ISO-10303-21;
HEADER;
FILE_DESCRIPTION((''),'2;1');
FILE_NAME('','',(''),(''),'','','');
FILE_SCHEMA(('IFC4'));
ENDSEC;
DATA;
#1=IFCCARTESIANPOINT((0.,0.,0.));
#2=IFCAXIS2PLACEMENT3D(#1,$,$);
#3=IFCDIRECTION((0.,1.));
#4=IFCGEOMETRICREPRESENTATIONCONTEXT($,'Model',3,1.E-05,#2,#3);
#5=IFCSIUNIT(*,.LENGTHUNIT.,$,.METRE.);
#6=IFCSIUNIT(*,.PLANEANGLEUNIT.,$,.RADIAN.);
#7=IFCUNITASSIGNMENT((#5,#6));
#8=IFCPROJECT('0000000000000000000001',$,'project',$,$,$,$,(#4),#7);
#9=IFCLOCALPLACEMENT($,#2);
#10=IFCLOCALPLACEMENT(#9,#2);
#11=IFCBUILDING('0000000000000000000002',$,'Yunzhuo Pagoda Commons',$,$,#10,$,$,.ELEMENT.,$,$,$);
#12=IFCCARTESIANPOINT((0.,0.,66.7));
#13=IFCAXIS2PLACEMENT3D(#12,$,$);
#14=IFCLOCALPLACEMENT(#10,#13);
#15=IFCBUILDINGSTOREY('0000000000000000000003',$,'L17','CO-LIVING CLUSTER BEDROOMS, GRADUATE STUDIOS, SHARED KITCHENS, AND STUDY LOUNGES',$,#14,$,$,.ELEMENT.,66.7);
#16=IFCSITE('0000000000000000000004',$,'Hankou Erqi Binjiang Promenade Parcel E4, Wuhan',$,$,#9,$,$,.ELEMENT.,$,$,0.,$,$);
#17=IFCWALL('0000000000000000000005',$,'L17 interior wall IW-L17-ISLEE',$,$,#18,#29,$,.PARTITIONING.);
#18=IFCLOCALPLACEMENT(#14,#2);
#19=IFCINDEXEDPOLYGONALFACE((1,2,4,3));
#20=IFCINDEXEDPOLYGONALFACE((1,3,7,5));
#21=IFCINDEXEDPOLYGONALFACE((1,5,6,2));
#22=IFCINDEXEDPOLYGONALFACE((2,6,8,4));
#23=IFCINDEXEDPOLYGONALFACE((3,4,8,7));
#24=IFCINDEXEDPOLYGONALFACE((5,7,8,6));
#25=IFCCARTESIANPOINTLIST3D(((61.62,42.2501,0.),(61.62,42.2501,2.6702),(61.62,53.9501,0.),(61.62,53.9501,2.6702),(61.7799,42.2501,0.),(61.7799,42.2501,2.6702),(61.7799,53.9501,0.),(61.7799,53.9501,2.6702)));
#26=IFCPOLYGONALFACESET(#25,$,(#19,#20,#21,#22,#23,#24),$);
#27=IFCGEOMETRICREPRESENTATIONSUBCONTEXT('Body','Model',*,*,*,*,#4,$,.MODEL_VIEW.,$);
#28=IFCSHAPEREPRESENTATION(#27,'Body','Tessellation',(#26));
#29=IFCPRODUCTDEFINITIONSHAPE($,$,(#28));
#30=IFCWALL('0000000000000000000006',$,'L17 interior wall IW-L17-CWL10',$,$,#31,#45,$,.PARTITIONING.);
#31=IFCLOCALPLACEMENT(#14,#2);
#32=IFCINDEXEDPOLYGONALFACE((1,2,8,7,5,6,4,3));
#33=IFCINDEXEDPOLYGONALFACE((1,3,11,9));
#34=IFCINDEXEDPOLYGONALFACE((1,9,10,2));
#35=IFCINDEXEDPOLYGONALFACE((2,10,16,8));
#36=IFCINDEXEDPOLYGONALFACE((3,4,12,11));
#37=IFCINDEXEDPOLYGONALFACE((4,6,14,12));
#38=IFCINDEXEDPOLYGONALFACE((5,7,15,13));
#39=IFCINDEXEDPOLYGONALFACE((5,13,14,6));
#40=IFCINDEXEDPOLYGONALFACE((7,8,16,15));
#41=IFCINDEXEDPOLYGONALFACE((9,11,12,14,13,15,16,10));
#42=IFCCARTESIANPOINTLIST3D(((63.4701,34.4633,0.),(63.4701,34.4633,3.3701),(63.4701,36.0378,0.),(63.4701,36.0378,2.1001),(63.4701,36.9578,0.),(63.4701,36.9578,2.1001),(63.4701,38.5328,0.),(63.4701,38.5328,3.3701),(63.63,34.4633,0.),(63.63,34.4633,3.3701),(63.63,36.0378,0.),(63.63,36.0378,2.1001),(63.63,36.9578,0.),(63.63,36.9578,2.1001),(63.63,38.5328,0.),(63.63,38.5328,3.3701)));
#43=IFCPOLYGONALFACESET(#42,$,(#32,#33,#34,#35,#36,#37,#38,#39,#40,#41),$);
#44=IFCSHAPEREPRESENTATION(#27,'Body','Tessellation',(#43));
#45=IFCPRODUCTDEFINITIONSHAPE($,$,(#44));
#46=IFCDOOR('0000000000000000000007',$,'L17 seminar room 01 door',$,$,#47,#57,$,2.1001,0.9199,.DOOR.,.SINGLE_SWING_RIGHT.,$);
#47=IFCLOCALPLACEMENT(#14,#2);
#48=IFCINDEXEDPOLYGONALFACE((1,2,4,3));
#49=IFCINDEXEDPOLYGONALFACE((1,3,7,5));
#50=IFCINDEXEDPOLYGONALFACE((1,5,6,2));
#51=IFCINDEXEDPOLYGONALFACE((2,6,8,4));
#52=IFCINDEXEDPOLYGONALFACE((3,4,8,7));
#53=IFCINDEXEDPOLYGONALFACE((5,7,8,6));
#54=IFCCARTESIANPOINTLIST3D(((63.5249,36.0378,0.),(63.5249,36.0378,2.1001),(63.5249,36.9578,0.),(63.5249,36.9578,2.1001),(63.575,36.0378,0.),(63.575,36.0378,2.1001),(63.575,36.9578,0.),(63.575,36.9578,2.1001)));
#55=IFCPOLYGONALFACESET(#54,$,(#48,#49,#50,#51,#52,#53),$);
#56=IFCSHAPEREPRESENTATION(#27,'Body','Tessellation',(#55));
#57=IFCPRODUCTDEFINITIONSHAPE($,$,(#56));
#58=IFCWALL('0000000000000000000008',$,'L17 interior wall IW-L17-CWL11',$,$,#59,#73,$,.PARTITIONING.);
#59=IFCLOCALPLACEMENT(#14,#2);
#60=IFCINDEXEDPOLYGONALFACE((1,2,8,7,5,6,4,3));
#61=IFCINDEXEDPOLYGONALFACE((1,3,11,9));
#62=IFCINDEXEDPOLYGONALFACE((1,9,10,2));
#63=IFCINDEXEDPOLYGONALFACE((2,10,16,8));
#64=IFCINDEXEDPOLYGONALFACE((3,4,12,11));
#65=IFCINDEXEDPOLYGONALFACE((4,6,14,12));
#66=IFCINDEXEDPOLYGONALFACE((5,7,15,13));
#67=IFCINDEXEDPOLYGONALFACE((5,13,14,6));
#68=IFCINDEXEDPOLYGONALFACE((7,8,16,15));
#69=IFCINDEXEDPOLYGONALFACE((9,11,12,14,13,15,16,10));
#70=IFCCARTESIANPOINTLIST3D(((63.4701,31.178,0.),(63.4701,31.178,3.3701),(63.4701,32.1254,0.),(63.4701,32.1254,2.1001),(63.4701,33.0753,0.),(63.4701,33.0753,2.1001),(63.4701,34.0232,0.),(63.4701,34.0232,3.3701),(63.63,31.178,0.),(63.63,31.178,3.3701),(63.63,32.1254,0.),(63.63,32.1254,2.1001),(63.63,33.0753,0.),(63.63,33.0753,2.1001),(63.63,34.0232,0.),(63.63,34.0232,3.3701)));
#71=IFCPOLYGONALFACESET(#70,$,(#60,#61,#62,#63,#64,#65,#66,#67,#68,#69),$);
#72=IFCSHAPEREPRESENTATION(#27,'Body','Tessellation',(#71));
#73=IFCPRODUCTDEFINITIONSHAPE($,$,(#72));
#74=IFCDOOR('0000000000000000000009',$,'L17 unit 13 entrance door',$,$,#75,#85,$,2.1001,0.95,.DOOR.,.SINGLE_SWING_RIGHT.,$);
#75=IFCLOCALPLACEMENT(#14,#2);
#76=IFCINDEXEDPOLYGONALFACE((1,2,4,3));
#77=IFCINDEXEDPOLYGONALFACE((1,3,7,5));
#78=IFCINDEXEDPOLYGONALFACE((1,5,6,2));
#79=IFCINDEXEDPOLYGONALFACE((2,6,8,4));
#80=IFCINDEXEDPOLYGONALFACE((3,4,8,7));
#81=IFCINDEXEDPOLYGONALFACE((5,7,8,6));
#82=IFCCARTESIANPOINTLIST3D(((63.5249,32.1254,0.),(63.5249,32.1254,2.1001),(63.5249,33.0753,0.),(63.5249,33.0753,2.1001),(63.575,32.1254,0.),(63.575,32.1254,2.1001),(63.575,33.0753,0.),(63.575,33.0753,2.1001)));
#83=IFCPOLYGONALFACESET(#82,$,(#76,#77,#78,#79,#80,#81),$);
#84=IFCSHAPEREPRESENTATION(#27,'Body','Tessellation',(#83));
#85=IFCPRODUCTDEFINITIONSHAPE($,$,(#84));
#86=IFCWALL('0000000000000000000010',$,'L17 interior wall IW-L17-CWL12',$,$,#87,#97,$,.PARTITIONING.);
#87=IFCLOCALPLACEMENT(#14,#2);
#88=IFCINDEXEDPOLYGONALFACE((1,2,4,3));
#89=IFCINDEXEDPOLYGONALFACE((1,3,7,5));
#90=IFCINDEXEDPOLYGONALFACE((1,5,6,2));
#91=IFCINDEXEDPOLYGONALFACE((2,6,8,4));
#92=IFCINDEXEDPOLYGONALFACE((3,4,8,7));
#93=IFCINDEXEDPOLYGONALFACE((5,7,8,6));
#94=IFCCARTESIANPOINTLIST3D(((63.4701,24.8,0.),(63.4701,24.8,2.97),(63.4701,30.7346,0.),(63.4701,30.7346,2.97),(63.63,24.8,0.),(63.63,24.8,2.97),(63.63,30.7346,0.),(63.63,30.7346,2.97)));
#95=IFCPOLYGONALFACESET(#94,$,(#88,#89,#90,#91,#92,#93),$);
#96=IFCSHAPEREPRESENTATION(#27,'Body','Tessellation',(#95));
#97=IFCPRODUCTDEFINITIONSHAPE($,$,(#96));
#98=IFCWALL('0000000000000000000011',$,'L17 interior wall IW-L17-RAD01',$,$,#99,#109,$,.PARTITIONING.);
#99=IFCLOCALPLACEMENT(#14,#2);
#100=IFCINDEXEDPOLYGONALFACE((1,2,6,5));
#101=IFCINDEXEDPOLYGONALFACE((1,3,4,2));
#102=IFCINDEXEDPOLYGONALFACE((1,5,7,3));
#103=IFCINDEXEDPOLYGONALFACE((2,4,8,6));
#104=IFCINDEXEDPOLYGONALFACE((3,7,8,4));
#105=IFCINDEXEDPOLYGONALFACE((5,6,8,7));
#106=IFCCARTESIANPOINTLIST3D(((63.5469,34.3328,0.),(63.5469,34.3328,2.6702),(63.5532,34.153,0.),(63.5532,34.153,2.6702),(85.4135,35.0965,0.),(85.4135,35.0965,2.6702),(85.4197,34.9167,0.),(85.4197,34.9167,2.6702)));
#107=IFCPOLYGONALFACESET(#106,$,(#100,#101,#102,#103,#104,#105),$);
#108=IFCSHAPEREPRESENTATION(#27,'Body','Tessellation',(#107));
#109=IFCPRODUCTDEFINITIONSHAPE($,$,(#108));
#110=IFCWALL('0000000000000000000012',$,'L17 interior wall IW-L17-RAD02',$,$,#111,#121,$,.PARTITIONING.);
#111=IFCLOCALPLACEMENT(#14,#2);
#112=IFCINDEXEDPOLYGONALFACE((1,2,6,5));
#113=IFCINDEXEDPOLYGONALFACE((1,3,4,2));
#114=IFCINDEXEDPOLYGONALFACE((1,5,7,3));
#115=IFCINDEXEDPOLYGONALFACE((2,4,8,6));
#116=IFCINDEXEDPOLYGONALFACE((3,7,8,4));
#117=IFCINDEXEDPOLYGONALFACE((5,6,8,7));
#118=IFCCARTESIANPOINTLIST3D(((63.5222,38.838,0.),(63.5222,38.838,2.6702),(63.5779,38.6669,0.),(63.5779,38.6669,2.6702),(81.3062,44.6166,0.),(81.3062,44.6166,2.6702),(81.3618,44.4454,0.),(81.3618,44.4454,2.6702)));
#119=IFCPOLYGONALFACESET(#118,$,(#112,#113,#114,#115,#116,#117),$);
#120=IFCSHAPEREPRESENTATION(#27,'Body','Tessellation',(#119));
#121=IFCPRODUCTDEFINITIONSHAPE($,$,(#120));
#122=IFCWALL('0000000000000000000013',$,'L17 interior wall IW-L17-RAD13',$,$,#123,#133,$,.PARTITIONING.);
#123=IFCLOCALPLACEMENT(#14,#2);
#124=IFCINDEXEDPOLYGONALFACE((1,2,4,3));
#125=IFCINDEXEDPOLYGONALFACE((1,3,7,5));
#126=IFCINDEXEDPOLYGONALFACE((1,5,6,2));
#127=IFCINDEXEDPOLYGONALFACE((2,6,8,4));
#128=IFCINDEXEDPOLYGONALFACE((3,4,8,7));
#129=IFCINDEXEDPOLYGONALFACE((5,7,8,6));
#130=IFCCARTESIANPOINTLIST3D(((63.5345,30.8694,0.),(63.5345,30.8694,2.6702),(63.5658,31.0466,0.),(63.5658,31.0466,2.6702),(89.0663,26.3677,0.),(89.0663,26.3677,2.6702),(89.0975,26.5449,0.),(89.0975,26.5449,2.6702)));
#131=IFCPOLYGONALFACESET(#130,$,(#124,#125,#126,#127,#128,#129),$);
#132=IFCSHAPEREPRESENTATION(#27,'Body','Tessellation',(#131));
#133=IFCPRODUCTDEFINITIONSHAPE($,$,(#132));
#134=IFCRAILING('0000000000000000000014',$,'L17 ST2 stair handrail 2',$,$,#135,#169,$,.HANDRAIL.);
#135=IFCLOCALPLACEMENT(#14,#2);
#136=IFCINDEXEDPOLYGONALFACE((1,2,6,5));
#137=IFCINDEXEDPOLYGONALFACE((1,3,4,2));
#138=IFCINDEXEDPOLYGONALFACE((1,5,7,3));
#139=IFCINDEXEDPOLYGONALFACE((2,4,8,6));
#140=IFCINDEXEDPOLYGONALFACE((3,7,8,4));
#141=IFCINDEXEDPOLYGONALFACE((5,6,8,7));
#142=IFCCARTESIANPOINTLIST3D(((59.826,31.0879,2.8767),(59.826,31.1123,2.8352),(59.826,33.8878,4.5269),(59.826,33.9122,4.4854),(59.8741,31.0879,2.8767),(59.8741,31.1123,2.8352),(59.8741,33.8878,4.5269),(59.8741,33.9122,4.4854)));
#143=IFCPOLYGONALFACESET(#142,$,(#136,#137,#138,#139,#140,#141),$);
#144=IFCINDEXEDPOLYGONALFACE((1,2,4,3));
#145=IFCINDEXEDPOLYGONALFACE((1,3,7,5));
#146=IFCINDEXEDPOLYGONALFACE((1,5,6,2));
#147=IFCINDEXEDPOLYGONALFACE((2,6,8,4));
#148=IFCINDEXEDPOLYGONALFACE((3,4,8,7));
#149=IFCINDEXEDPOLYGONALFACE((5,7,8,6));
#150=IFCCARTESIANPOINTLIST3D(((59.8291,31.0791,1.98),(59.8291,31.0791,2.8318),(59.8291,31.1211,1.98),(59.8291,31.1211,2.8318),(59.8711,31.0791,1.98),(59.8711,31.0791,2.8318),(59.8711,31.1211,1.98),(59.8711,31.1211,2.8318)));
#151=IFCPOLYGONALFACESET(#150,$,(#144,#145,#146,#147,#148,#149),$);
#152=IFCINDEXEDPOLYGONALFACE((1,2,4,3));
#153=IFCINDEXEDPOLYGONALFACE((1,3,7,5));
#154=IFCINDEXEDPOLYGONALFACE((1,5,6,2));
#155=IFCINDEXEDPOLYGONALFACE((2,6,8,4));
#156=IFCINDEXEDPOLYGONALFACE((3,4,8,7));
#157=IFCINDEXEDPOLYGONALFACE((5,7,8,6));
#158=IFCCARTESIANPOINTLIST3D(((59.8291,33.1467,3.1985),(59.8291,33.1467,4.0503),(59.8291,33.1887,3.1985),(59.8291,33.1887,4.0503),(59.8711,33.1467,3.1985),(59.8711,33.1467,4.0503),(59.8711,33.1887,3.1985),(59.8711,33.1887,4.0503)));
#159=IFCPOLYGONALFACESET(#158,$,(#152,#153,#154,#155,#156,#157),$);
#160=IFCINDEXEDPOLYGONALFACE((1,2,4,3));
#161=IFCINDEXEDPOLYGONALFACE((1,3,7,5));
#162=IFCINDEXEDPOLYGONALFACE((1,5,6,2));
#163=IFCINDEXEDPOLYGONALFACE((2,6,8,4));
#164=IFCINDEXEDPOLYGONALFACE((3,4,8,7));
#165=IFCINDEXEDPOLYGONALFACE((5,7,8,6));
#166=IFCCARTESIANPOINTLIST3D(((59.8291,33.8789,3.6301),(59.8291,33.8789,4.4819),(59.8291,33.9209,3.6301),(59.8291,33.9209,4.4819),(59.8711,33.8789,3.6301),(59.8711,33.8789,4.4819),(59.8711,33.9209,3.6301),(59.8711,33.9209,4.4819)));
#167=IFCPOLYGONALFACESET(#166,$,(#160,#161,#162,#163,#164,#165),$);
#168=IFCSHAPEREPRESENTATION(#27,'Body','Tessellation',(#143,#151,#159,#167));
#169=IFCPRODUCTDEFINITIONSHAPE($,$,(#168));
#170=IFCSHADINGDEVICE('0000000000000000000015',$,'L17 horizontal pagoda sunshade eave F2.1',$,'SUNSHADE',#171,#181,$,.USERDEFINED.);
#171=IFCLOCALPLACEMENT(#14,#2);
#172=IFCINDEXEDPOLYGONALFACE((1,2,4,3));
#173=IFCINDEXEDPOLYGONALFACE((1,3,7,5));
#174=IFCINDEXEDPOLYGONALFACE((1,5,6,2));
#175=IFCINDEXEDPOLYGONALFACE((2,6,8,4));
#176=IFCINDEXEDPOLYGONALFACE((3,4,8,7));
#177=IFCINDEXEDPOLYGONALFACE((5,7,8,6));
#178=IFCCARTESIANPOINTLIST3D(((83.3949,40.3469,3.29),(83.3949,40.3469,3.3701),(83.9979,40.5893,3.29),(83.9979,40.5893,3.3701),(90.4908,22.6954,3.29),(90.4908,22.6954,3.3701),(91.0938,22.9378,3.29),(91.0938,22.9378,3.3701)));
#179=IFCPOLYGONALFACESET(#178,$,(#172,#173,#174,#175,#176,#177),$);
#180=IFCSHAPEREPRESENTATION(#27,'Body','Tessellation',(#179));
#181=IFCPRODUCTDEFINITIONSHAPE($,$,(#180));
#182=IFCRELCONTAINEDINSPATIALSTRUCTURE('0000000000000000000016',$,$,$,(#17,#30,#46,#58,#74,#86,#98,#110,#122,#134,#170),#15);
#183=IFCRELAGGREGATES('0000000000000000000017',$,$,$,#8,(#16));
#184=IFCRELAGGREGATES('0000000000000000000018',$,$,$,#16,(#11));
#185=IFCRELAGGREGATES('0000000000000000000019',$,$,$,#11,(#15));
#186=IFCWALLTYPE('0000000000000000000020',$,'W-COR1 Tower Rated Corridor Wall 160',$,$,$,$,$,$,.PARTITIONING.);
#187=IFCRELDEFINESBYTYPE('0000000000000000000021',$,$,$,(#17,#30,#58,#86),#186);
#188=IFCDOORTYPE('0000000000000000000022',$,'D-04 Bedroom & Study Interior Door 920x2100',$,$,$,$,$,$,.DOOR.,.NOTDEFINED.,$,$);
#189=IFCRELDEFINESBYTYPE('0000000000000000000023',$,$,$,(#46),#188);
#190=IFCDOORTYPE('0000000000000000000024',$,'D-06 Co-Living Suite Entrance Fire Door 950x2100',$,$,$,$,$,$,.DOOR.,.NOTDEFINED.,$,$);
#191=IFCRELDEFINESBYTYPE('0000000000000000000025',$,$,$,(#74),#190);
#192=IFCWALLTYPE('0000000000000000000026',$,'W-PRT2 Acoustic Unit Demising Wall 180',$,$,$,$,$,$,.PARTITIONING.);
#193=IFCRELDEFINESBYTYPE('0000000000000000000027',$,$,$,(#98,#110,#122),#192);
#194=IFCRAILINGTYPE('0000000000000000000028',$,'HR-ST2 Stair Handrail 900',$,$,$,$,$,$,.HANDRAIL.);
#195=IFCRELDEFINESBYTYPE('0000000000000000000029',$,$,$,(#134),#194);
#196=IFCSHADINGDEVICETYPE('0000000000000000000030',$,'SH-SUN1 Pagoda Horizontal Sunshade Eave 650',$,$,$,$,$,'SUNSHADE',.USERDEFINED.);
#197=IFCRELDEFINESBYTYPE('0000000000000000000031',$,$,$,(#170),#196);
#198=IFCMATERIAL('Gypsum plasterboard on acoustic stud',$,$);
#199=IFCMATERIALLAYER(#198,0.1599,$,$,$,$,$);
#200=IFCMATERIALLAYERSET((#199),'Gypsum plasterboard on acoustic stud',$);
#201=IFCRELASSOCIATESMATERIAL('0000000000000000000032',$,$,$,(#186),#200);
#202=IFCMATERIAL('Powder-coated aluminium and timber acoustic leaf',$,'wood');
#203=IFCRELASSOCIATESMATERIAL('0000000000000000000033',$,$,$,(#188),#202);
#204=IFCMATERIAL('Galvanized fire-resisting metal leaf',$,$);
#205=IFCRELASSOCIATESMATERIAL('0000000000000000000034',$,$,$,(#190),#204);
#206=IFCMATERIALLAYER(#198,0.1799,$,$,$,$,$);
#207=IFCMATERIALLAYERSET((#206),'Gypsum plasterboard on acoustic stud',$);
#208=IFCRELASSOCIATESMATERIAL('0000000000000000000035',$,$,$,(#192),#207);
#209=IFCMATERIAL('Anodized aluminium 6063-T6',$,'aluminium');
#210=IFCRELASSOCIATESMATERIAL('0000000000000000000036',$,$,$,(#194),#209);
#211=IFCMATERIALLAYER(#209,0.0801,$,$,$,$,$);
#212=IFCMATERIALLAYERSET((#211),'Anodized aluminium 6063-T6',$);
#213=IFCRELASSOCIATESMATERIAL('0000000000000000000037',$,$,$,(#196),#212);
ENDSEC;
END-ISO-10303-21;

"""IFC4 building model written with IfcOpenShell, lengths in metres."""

from ifc_helpers import new_model, si_unit, direction, frame, frame_2d, origin, origin_with_axes, origin_2d, place, context, subcontext, project, spatial, rectangle, extrude, source, transform, mapped, material, layer, layer_set, type_object, element, fill, save


model = new_model("IFC4")

# Units and contexts
model_context = context("Model", 3, precision=1e-05, world=origin(), true_north=direction((0.0, 1.0)))
body_context = subcontext(model_context, "Body", "Model", "MODEL_VIEW")
ifc_project = project(units=[si_unit("LENGTHUNIT", "METRE"), si_unit("PLANEANGLEUNIT", "RADIAN")], contexts=[model_context])

# Site, building, storey
site_placement = place(None, origin())
site = spatial("IfcSite", under=ifc_project, at=site_placement, Name="Hankou Erqi Binjiang Promenade Parcel E4, Wuhan", CompositionType="ELEMENT", RefElevation=0.0)
building_placement = place(site_placement, origin())
building = spatial("IfcBuilding", under=site, at=building_placement, Name="Yunzhuo Pagoda Commons", CompositionType="ELEMENT")
storey_placement = place(building_placement, frame((0.0, 0.0, 66.7)))
storey = spatial("IfcBuildingStorey", under=building, at=storey_placement, Name="L17", Description="CO-LIVING CLUSTER BEDROOMS, GRADUATE STUDIOS, SHARED KITCHENS, AND STUDY LOUNGES", CompositionType="ELEMENT", Elevation=66.7)

# Shared definitions
ifc_material_1 = material(Name="Anodized aluminium 6063-T6", Category="aluminium")

# Wall
ifc_material_2 = material(Name="Gypsum plasterboard on acoustic stud")
ifc_layer_1 = layer(ifc_material_2, 0.1599)
ifc_layer_set_1 = layer_set([ifc_layer_1], Name="Gypsum plasterboard on acoustic stud")
wall_type_1 = type_object("IfcWallType", Name="W-COR1 Tower Rated Corridor Wall 160", PredefinedType="PARTITIONING", material=ifc_layer_set_1)
wall_1_placement = place(storey_placement, frame((61.7, 42.25, 0.0), z_axis=(0.0, 0.0, 1.0), x_axis=(0.0, 1.0, 0.0)))
element("IfcWall", 1, at=wall_1_placement, inside=storey, type_object=wall_type_1, Name="L17 interior wall IW-L17-ISLEE", PredefinedType="PARTITIONING", context=body_context, shape_type="SweptSolid", body=[
    extrude(rectangle(XDim=11.7, YDim=0.1599, at=frame_2d((5.8501, 0.0))), origin(), (0.0, 0.0, 1.0), 2.6702),
])

# Walls, openings, doors
wall_2_placement = place(storey_placement, frame((63.55, 38.5327, 0.0), z_axis=(0.0, 0.0, 1.0), x_axis=(0.0, -1.0, 0.0)))
wall_2 = element("IfcWall", 2, at=wall_2_placement, inside=storey, type_object=wall_type_1, Name="L17 interior wall IW-L17-CWL10", PredefinedType="PARTITIONING", context=body_context, shape_type="SweptSolid", body=[
    extrude(rectangle(XDim=4.0696, YDim=0.1599, at=frame_2d((2.0347, 0.0))), origin(), (0.0, 0.0, 1.0), 3.3701),
])
opening_1_placement = place(wall_2_placement, frame((1.575, 0.0, 0.0)))
opening_1 = element("IfcOpeningElement", 3, at=opening_1_placement, cuts=wall_2, PredefinedType="OPENING", context=body_context, shape_type="SweptSolid", body=[
    extrude(rectangle(XDim=0.9199, YDim=2.1001, at=frame_2d((0.46, 1.05))), frame((0.0, 0.0898, 0.0), z_axis=(0.0, -1.0, 0.0), x_axis=(1.0, 0.0, 0.0)), (0.0, 0.0, 1.0), 0.1799),
])
ifc_material_3 = material(Name="Powder-coated aluminium and timber acoustic leaf", Category="wood")
door_type_1 = type_object("IfcDoorType", Name="D-04 Bedroom & Study Interior Door 920x2100", OperationType="NOTDEFINED", PredefinedType="DOOR", material=ifc_material_3)
shared_shape_1 = source(origin(), body_context, "Body", "SweptSolid", [
    extrude(rectangle(XDim=0.9199, YDim=2.1001, at=frame_2d((0.46, 1.05))), frame((0.0, 0.0249, 0.0), z_axis=(0.0, -1.0, 0.0), x_axis=(1.0, 0.0, 0.0)), (0.0, 0.0, 1.0), 0.05),
])
door_1_placement = place(opening_1_placement, origin_with_axes())
door_1 = element("IfcDoor", 4, at=door_1_placement, inside=storey, type_object=door_type_1, Name="L17 seminar room 01 door", OperationType="SINGLE_SWING_RIGHT", OverallHeight=2.1001, OverallWidth=0.9199, PredefinedType="DOOR", context=body_context, shape_type="MappedRepresentation", body=[
    mapped(shared_shape_1, transform((0.0, 0.0, 0.0), scale=1.0)),
])
fill(opening_1, door_1)
wall_3_placement = place(storey_placement, frame((63.55, 34.0232, 0.0), z_axis=(0.0, 0.0, 1.0), x_axis=(0.0, -1.0, 0.0)))
wall_3 = element("IfcWall", 5, at=wall_3_placement, inside=storey, type_object=wall_type_1, Name="L17 interior wall IW-L17-CWL11", PredefinedType="PARTITIONING", context=body_context, shape_type="SweptSolid", body=[
    extrude(rectangle(XDim=2.8452, YDim=0.1599, at=frame_2d((1.4226, 0.0))), origin(), (0.0, 0.0, 1.0), 3.3701),
])
opening_2_placement = place(wall_3_placement, frame((0.9478, 0.0, 0.0)))
opening_2 = element("IfcOpeningElement", 6, at=opening_2_placement, cuts=wall_3, PredefinedType="OPENING", context=body_context, shape_type="SweptSolid", body=[
    extrude(rectangle(XDim=0.95, YDim=2.1001, at=frame_2d((0.4751, 1.05))), frame((0.0, 0.0898, 0.0), z_axis=(0.0, -1.0, 0.0), x_axis=(1.0, 0.0, 0.0)), (0.0, 0.0, 1.0), 0.1799),
])
ifc_material_4 = material(Name="Galvanized fire-resisting metal leaf")
door_type_2 = type_object("IfcDoorType", Name="D-06 Co-Living Suite Entrance Fire Door 950x2100", OperationType="NOTDEFINED", PredefinedType="DOOR", material=ifc_material_4)
shared_shape_2 = source(origin(), body_context, "Body", "SweptSolid", [
    extrude(rectangle(XDim=0.95, YDim=2.1001, at=frame_2d((0.4751, 1.05))), frame((0.0, 0.0249, 0.0), z_axis=(0.0, -1.0, 0.0), x_axis=(1.0, 0.0, 0.0)), (0.0, 0.0, 1.0), 0.05),
])
door_2_placement = place(opening_2_placement, origin_with_axes())
door_2 = element("IfcDoor", 7, at=door_2_placement, inside=storey, type_object=door_type_2, Name="L17 unit 13 entrance door", OperationType="SINGLE_SWING_RIGHT", OverallHeight=2.1001, OverallWidth=0.95, PredefinedType="DOOR", context=body_context, shape_type="MappedRepresentation", body=[
    mapped(shared_shape_2, transform((0.0, 0.0, 0.0), scale=1.0)),
])
fill(opening_2, door_2)

# Walls
wall_4_placement = place(storey_placement, frame((63.55, 30.7346, 0.0), z_axis=(0.0, 0.0, 1.0), x_axis=(0.0, -1.0, 0.0)))
element("IfcWall", 8, at=wall_4_placement, inside=storey, type_object=wall_type_1, Name="L17 interior wall IW-L17-CWL12", PredefinedType="PARTITIONING", context=body_context, shape_type="SweptSolid", body=[
    extrude(rectangle(XDim=5.9346, YDim=0.1599, at=frame_2d((2.9673, 0.0))), origin(), (0.0, 0.0, 1.0), 2.97),
])
ifc_layer_2 = layer(ifc_material_2, 0.1799)
ifc_layer_set_2 = layer_set([ifc_layer_2], Name="Gypsum plasterboard on acoustic stud")
wall_type_2 = type_object("IfcWallType", Name="W-PRT2 Acoustic Unit Demising Wall 180", PredefinedType="PARTITIONING", material=ifc_layer_set_2)
wall_5_placement = place(storey_placement, frame((63.55, 34.2429, 0.0), z_axis=(0.0, 0.0, 1.0), x_axis=(0.999391, 0.034903, 0.0)))
element("IfcWall", 9, at=wall_5_placement, inside=storey, type_object=wall_type_2, Name="L17 interior wall IW-L17-RAD01", PredefinedType="PARTITIONING", context=body_context, shape_type="SweptSolid", body=[
    extrude(rectangle(XDim=21.8799, YDim=0.1799, at=frame_2d((10.9399, 0.0))), origin(), (0.0, 0.0, 1.0), 2.6702),
])
wall_6_placement = place(storey_placement, frame((63.55, 38.7524, 0.0), z_axis=(0.0, 0.0, 1.0), x_axis=(0.951053, 0.309027, 0.0)))
element("IfcWall", 10, at=wall_6_placement, inside=storey, type_object=wall_type_2, Name="L17 interior wall IW-L17-RAD02", PredefinedType="PARTITIONING", context=body_context, shape_type="SweptSolid", body=[
    extrude(rectangle(XDim=18.6992, YDim=0.1799, at=frame_2d((9.3496, 0.0))), origin(), (0.0, 0.0, 1.0), 2.6702),
])
wall_7_placement = place(storey_placement, frame((63.55, 30.958, 0.0), z_axis=(0.0, 0.0, 1.0), x_axis=(0.984809, -0.17364, 0.0)))
element("IfcWall", 11, at=wall_7_placement, inside=storey, type_object=wall_type_2, Name="L17 interior wall IW-L17-RAD13", PredefinedType="PARTITIONING", context=body_context, shape_type="SweptSolid", body=[
    extrude(rectangle(XDim=25.9255, YDim=0.1799, at=frame_2d((12.9629, 0.0))), origin(), (0.0, 0.0, 1.0), 2.6702),
])

# Railing
railing_type = type_object("IfcRailingType", Name="HR-ST2 Stair Handrail 900", PredefinedType="HANDRAIL", material=ifc_material_1)
railing_placement = place(storey_placement, frame((59.8501, 31.1001, 1.98)))
element("IfcRailing", 12, at=railing_placement, inside=storey, type_object=railing_type, Name="L17 ST2 stair handrail 2", PredefinedType="HANDRAIL", context=body_context, shape_type="SweptSolid", body=[
    extrude(rectangle(XDim=0.0481, YDim=0.0481, at=origin_2d()), frame((0.0, 0.0, 0.876), z_axis=(0.0, 0.861503, 0.507752), x_axis=(-1.0, 0.0, 0.0)), (0.0, 0.0, 1.0), 3.25),
    extrude(rectangle(XDim=0.042, YDim=0.042, at=origin_2d()), origin(), (0.0, 0.0, 1.0), 0.8518),
    extrude(rectangle(XDim=0.042, YDim=0.042, at=origin_2d()), frame((0.0, 2.0676, 1.2185)), (0.0, 0.0, 1.0), 0.8518),
    extrude(rectangle(XDim=0.042, YDim=0.042, at=origin_2d()), frame((0.0, 2.7998, 1.6501)), (0.0, 0.0, 1.0), 0.8518),
])

# Shading device
ifc_layer_3 = layer(ifc_material_1, 0.0801)
ifc_layer_set_3 = layer_set([ifc_layer_3], Name="Anodized aluminium 6063-T6")
shading_device_type = type_object("IfcShadingDeviceType", Name="SH-SUN1 Pagoda Horizontal Sunshade Eave 650", ElementType="SUNSHADE", PredefinedType="USERDEFINED", material=ifc_layer_set_3)
shared_shape_3 = source(origin(), body_context, "Body", "SweptSolid", [
    extrude(rectangle(XDim=19.0244, YDim=0.6499, at=origin_2d()), origin(), (0.0, 0.0, 1.0), 0.0801),
])
shading_device_placement = place(storey_placement, frame((87.2444, 31.6423, 3.29), z_axis=(0.0, 0.0, 1.0), x_axis=(-0.372988, 0.927836, 0.0)))
element("IfcShadingDevice", 13, at=shading_device_placement, inside=storey, type_object=shading_device_type, Name="L17 horizontal pagoda sunshade eave F2.1", ObjectType="SUNSHADE", PredefinedType="USERDEFINED", context=body_context, shape_type="MappedRepresentation", body=[
    mapped(shared_shape_3, transform((0.0, 0.0, 0.0), scale=1.0)),
])

save(model, "model.ifc")
